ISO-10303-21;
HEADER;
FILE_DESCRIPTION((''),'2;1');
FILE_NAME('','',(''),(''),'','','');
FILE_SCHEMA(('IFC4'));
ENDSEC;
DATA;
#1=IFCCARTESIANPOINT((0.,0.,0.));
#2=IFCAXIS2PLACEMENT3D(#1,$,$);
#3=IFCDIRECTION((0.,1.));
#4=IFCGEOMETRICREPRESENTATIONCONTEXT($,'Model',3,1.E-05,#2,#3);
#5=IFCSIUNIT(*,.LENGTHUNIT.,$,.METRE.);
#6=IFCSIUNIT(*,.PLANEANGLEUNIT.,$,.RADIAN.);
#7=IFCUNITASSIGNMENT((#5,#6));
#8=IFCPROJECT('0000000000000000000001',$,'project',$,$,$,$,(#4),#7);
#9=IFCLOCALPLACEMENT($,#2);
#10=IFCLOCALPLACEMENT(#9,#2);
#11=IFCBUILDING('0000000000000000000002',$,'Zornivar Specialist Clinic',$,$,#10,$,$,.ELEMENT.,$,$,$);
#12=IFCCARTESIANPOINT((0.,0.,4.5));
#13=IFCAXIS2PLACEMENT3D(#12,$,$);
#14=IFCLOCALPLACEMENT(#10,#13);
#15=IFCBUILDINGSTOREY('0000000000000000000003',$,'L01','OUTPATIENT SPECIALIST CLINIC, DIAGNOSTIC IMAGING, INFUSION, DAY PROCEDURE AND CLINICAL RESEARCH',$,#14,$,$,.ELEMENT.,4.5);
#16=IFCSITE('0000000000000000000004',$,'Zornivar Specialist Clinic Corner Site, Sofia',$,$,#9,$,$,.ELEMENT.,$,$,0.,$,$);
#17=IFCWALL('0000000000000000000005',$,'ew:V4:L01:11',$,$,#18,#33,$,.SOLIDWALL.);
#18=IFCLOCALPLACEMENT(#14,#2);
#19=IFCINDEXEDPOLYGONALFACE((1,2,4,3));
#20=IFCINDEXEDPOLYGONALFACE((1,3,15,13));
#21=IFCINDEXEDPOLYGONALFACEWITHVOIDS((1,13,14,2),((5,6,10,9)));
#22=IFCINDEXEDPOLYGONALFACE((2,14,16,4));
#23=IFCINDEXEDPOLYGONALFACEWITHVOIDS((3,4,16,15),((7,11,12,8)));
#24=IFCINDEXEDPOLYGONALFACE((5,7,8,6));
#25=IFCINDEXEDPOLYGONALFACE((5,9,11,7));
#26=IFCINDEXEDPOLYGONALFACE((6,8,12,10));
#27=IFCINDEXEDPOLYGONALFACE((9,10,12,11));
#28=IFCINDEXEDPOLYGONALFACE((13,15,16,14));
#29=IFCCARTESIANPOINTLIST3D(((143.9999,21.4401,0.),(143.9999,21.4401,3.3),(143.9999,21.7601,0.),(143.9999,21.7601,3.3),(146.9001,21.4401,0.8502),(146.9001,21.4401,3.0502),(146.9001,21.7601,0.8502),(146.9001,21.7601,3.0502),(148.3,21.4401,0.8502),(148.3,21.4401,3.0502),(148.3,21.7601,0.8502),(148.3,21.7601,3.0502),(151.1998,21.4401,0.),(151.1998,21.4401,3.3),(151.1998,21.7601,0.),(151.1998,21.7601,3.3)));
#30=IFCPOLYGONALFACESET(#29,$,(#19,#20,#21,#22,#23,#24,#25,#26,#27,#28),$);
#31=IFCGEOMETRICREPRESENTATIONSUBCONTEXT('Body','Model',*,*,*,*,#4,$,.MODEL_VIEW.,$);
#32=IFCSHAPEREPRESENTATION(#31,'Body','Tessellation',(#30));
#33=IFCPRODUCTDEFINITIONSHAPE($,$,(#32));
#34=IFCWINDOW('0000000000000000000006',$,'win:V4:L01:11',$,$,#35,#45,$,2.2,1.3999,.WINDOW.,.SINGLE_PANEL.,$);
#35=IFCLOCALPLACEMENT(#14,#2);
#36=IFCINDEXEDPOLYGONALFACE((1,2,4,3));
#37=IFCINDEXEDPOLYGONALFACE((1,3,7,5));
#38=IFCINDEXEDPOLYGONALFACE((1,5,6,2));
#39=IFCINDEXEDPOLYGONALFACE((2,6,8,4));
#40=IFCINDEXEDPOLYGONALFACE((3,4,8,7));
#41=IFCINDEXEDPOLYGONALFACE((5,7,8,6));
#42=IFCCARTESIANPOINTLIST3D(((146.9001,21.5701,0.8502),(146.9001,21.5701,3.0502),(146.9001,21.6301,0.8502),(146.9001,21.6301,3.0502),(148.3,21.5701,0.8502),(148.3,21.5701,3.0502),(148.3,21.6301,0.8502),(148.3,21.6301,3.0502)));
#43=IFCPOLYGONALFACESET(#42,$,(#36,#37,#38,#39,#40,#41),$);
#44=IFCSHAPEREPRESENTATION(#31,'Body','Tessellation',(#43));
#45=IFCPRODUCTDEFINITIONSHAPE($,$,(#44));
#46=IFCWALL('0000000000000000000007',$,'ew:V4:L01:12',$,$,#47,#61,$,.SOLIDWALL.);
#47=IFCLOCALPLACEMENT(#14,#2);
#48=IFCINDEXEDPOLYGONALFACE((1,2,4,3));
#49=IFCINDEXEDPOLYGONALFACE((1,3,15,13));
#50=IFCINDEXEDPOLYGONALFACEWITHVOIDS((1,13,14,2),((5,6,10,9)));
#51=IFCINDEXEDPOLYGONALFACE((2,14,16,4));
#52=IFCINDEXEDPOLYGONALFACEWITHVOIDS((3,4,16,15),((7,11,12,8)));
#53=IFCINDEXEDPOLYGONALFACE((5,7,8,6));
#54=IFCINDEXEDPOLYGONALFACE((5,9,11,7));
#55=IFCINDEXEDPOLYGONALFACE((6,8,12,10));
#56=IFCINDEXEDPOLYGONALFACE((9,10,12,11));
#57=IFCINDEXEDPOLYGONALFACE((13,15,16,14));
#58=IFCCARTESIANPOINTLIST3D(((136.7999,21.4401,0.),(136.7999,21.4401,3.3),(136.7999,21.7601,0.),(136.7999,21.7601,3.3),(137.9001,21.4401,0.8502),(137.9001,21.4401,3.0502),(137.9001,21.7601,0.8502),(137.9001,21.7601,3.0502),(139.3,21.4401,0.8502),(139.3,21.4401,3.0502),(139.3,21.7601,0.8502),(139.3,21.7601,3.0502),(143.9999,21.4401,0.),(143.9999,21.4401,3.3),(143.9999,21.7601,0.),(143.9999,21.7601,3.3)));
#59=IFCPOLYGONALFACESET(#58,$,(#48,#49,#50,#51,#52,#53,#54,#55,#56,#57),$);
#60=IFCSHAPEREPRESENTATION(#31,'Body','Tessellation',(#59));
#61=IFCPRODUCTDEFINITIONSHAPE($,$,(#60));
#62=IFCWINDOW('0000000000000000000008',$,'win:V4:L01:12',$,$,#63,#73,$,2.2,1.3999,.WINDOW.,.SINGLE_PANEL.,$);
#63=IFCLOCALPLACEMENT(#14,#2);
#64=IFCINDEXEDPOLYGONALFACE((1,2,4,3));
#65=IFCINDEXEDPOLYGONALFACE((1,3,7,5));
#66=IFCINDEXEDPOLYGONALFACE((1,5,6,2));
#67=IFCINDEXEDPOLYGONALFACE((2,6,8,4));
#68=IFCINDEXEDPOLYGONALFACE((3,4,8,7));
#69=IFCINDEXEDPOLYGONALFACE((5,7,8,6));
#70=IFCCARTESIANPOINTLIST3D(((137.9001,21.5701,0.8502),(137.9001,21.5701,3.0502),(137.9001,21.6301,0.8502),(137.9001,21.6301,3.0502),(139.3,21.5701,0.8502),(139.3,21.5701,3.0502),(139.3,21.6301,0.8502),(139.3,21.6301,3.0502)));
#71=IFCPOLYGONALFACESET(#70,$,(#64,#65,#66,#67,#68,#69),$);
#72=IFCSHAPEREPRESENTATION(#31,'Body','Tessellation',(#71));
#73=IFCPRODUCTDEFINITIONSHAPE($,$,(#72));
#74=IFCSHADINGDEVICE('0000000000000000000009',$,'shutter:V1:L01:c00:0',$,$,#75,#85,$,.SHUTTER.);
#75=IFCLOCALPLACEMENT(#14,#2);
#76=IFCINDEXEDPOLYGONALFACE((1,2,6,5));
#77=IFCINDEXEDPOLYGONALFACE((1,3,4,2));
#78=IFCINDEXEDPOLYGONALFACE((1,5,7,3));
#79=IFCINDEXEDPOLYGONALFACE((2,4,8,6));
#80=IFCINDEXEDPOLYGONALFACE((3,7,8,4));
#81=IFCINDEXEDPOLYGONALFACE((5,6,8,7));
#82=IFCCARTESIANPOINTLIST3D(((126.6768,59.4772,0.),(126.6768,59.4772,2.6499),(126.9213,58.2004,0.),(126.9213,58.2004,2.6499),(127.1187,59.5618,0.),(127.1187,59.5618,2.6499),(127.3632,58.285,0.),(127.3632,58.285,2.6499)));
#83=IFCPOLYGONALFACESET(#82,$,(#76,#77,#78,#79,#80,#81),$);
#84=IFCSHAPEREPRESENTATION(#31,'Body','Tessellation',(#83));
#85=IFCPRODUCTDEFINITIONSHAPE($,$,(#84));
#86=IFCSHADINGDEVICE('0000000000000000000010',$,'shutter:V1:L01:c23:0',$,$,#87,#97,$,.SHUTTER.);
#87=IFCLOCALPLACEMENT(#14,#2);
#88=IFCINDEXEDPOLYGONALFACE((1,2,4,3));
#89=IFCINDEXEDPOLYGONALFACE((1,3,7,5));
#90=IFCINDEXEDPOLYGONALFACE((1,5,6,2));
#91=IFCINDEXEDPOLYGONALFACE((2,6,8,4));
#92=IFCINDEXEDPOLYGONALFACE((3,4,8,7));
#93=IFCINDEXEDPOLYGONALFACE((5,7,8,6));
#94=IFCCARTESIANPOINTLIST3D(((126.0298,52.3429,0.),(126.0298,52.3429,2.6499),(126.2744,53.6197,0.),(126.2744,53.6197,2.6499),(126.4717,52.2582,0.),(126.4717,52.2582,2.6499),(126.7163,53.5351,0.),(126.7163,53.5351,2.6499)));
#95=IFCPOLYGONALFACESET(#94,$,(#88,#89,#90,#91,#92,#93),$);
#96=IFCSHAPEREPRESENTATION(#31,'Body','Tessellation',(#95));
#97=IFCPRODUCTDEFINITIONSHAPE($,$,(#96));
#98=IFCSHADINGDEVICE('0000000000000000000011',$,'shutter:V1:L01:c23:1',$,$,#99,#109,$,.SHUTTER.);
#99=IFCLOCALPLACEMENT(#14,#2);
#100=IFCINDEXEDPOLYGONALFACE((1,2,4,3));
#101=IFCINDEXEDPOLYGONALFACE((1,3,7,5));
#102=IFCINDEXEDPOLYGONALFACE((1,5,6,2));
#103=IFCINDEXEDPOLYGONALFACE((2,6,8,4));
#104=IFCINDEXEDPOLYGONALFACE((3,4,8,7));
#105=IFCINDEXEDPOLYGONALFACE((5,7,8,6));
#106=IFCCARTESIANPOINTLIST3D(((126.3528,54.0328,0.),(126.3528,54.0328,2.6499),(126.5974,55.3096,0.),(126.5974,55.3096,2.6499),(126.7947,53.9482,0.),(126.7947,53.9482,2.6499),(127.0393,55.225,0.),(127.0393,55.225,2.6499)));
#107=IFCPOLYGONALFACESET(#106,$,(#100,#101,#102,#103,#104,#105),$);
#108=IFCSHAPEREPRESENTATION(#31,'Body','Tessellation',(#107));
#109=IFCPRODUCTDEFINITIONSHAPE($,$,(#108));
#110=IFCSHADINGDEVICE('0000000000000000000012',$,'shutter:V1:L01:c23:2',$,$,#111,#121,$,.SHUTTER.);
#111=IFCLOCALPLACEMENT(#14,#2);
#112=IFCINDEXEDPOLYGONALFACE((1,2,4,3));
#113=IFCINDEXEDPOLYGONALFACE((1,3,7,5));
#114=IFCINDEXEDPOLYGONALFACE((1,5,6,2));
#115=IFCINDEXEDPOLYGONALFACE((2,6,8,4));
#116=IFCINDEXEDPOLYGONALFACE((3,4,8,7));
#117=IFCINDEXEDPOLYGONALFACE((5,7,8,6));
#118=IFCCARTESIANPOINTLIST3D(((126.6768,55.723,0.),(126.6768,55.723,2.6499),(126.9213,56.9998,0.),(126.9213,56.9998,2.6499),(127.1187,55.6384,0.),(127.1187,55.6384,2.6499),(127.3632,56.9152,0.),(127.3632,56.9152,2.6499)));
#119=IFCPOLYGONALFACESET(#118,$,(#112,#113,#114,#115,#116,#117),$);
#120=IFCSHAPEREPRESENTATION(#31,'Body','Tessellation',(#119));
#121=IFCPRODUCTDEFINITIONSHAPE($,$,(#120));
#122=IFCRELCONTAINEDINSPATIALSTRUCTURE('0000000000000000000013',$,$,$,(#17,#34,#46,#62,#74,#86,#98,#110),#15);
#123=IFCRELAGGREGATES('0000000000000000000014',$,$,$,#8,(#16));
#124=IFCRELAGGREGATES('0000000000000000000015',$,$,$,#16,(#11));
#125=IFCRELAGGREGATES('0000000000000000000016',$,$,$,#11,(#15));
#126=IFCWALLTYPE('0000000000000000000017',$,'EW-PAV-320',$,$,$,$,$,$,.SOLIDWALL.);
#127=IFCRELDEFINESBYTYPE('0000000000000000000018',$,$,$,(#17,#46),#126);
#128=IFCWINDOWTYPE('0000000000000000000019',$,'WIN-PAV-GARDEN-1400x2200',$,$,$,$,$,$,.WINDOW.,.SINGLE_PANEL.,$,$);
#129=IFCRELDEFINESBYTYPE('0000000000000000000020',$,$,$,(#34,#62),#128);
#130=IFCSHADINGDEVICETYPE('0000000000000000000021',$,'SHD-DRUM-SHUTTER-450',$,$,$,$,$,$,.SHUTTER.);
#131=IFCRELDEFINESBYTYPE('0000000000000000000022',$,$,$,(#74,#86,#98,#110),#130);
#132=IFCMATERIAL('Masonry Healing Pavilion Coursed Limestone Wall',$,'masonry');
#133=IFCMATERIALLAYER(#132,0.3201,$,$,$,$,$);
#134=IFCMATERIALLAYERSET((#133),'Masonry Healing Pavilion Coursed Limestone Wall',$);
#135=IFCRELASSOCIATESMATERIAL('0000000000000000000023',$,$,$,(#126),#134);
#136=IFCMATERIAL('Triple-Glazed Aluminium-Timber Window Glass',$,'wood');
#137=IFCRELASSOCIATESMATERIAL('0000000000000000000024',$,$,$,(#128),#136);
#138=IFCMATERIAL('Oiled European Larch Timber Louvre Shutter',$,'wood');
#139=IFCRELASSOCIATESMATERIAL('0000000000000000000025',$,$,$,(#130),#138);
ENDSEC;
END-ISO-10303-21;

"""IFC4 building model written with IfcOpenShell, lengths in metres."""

from ifc_helpers import new_model, si_unit, direction, frame, frame_2d, origin, origin_2d, place, context, subcontext, project, spatial, rectangle, extrude, material, layer, layer_set, type_object, element, fill, save


model = new_model("IFC4")

# Units and contexts
model_context = context("Model", 3, precision=1e-05, world=origin(), true_north=direction((0.0, 1.0)))
body_context = subcontext(model_context, "Body", "Model", "MODEL_VIEW")
ifc_project = project(units=[si_unit("LENGTHUNIT", "METRE"), si_unit("PLANEANGLEUNIT", "RADIAN")], contexts=[model_context])

# Site, building, storey
site_placement = place(None, origin())
site = spatial("IfcSite", under=ifc_project, at=site_placement, Name="Zornivar Specialist Clinic Corner Site, Sofia", CompositionType="ELEMENT", RefElevation=0.0)
building_placement = place(site_placement, origin())
building = spatial("IfcBuilding", under=site, at=building_placement, Name="Zornivar Specialist Clinic", CompositionType="ELEMENT")
storey_placement = place(building_placement, frame((0.0, 0.0, 4.5)))
storey = spatial("IfcBuildingStorey", under=building, at=storey_placement, Name="L01", Description="OUTPATIENT SPECIALIST CLINIC, DIAGNOSTIC IMAGING, INFUSION, DAY PROCEDURE AND CLINICAL RESEARCH", CompositionType="ELEMENT", Elevation=4.5)

# Shared definitions
ifc_material_1 = material(Name="Masonry Healing Pavilion Coursed Limestone Wall", Category="masonry")
ifc_layer_1 = layer(ifc_material_1, 0.3201)
ifc_layer_set_1 = layer_set([ifc_layer_1], Name="Masonry Healing Pavilion Coursed Limestone Wall")
wall_type = type_object("IfcWallType", Name="EW-PAV-320", PredefinedType="SOLIDWALL", material=ifc_layer_set_1)

# Walls, openings, windows
wall_1_placement = place(storey_placement, frame((151.2, 21.6001, 0.0), z_axis=(0.0, 0.0, 1.0), x_axis=(-1.0, 0.0, 0.0)))
wall_1 = element("IfcWall", 1, at=wall_1_placement, inside=storey, type_object=wall_type, Name="ew:V4:L01:11", PredefinedType="SOLIDWALL", context=body_context, shape_type="SweptSolid", body=[
    extrude(rectangle(XDim=7.2, YDim=0.3201, at=frame_2d((3.6001, 0.0))), origin(), (0.0, 0.0, 1.0), 3.3),
])
opening_1_placement = place(wall_1_placement, frame((2.8999, 0.0, 0.8501)))
opening_1 = element("IfcOpeningElement", 2, at=opening_1_placement, cuts=wall_1, PredefinedType="OPENING", context=body_context, shape_type="SweptSolid", body=[
    extrude(rectangle(XDim=1.3999, YDim=2.2, at=frame_2d((0.7, 1.1001))), frame((0.0, 0.1699, 0.0), z_axis=(0.0, -1.0, 0.0), x_axis=(1.0, 0.0, 0.0)), (0.0, 0.0, 1.0), 0.3401),
])
ifc_material_2 = material(Name="Triple-Glazed Aluminium-Timber Window Glass", Category="wood")
window_type = type_object("IfcWindowType", Name="WIN-PAV-GARDEN-1400x2200", PartitioningType="SINGLE_PANEL", PredefinedType="WINDOW", material=ifc_material_2)
window_1_placement = place(opening_1_placement, origin())
window_1 = element("IfcWindow", 3, at=window_1_placement, inside=storey, type_object=window_type, Name="win:V4:L01:11", OverallHeight=2.2, OverallWidth=1.3999, PartitioningType="SINGLE_PANEL", PredefinedType="WINDOW", context=body_context, shape_type="SweptSolid", body=[
    extrude(rectangle(XDim=1.3999, YDim=2.2, at=frame_2d((0.7, 1.1001))), frame((0.0, 0.03, 0.0), z_axis=(0.0, -1.0, 0.0), x_axis=(1.0, 0.0, 0.0)), (0.0, 0.0, 1.0), 0.0601),
])
fill(opening_1, window_1)
wall_2_placement = place(storey_placement, frame((144.0, 21.6001, 0.0), z_axis=(0.0, 0.0, 1.0), x_axis=(-1.0, 0.0, 0.0)))
wall_2 = element("IfcWall", 4, at=wall_2_placement, inside=storey, type_object=wall_type, Name="ew:V4:L01:12", PredefinedType="SOLIDWALL", context=body_context, shape_type="SweptSolid", body=[
    extrude(rectangle(XDim=7.2, YDim=0.3201, at=frame_2d((3.6001, 0.0))), origin(), (0.0, 0.0, 1.0), 3.3),
])
opening_2_placement = place(wall_2_placement, frame((4.7, 0.0, 0.8501)))
opening_2 = element("IfcOpeningElement", 5, at=opening_2_placement, cuts=wall_2, PredefinedType="OPENING", context=body_context, shape_type="SweptSolid", body=[
    extrude(rectangle(XDim=1.3999, YDim=2.2, at=frame_2d((0.7, 1.1001))), frame((0.0, 0.1699, 0.0), z_axis=(0.0, -1.0, 0.0), x_axis=(1.0, 0.0, 0.0)), (0.0, 0.0, 1.0), 0.3401),
])
window_2_placement = place(opening_2_placement, origin())
window_2 = element("IfcWindow", 6, at=window_2_placement, inside=storey, type_object=window_type, Name="win:V4:L01:12", OverallHeight=2.2, OverallWidth=1.3999, PartitioningType="SINGLE_PANEL", PredefinedType="WINDOW", context=body_context, shape_type="SweptSolid", body=[
    extrude(rectangle(XDim=1.3999, YDim=2.2, at=frame_2d((0.7, 1.1001))), frame((0.0, 0.03, 0.0), z_axis=(0.0, -1.0, 0.0), x_axis=(1.0, 0.0, 0.0)), (0.0, 0.0, 1.0), 0.0601),
])
fill(opening_2, window_2)

# Shading devices
ifc_material_3 = material(Name="Oiled European Larch Timber Louvre Shutter", Category="wood")
shading_device_type = type_object("IfcShadingDeviceType", Name="SHD-DRUM-SHUTTER-450", PredefinedType="SHUTTER", material=ifc_material_3)
for number, where, z_axis, x_axis, name in (
    (7, (127.02, 58.8811, 0.0), (0.0, 0.0, 1.0), (-0.188099, 0.98215, 0.0), "shutter:V1:L01:c00:0"),
    (8, (126.373, 52.939, 0.0), (0.0, 0.0, 1.0), (0.188099, 0.98215, 0.0), "shutter:V1:L01:c23:0"),
    (9, (126.696, 54.6289, 0.0), (0.0, 0.0, 1.0), (0.188099, 0.98215, 0.0), "shutter:V1:L01:c23:1"),
    (10, (127.02, 56.3191, 0.0), (0.0, 0.0, 1.0), (0.188099, 0.98215, 0.0), "shutter:V1:L01:c23:2"),
):
    element("IfcShadingDevice", number, at=place(storey_placement, frame(where, z_axis=z_axis, x_axis=x_axis)), inside=storey, type_object=shading_device_type, Name=name, PredefinedType="SHUTTER", context=body_context, shape_type="SweptSolid", body=[
        extrude(rectangle(XDim=1.3, YDim=0.45, at=origin_2d()), origin(), (0.0, 0.0, 1.0), 2.6499),
    ])

save(model, "model.ifc")
